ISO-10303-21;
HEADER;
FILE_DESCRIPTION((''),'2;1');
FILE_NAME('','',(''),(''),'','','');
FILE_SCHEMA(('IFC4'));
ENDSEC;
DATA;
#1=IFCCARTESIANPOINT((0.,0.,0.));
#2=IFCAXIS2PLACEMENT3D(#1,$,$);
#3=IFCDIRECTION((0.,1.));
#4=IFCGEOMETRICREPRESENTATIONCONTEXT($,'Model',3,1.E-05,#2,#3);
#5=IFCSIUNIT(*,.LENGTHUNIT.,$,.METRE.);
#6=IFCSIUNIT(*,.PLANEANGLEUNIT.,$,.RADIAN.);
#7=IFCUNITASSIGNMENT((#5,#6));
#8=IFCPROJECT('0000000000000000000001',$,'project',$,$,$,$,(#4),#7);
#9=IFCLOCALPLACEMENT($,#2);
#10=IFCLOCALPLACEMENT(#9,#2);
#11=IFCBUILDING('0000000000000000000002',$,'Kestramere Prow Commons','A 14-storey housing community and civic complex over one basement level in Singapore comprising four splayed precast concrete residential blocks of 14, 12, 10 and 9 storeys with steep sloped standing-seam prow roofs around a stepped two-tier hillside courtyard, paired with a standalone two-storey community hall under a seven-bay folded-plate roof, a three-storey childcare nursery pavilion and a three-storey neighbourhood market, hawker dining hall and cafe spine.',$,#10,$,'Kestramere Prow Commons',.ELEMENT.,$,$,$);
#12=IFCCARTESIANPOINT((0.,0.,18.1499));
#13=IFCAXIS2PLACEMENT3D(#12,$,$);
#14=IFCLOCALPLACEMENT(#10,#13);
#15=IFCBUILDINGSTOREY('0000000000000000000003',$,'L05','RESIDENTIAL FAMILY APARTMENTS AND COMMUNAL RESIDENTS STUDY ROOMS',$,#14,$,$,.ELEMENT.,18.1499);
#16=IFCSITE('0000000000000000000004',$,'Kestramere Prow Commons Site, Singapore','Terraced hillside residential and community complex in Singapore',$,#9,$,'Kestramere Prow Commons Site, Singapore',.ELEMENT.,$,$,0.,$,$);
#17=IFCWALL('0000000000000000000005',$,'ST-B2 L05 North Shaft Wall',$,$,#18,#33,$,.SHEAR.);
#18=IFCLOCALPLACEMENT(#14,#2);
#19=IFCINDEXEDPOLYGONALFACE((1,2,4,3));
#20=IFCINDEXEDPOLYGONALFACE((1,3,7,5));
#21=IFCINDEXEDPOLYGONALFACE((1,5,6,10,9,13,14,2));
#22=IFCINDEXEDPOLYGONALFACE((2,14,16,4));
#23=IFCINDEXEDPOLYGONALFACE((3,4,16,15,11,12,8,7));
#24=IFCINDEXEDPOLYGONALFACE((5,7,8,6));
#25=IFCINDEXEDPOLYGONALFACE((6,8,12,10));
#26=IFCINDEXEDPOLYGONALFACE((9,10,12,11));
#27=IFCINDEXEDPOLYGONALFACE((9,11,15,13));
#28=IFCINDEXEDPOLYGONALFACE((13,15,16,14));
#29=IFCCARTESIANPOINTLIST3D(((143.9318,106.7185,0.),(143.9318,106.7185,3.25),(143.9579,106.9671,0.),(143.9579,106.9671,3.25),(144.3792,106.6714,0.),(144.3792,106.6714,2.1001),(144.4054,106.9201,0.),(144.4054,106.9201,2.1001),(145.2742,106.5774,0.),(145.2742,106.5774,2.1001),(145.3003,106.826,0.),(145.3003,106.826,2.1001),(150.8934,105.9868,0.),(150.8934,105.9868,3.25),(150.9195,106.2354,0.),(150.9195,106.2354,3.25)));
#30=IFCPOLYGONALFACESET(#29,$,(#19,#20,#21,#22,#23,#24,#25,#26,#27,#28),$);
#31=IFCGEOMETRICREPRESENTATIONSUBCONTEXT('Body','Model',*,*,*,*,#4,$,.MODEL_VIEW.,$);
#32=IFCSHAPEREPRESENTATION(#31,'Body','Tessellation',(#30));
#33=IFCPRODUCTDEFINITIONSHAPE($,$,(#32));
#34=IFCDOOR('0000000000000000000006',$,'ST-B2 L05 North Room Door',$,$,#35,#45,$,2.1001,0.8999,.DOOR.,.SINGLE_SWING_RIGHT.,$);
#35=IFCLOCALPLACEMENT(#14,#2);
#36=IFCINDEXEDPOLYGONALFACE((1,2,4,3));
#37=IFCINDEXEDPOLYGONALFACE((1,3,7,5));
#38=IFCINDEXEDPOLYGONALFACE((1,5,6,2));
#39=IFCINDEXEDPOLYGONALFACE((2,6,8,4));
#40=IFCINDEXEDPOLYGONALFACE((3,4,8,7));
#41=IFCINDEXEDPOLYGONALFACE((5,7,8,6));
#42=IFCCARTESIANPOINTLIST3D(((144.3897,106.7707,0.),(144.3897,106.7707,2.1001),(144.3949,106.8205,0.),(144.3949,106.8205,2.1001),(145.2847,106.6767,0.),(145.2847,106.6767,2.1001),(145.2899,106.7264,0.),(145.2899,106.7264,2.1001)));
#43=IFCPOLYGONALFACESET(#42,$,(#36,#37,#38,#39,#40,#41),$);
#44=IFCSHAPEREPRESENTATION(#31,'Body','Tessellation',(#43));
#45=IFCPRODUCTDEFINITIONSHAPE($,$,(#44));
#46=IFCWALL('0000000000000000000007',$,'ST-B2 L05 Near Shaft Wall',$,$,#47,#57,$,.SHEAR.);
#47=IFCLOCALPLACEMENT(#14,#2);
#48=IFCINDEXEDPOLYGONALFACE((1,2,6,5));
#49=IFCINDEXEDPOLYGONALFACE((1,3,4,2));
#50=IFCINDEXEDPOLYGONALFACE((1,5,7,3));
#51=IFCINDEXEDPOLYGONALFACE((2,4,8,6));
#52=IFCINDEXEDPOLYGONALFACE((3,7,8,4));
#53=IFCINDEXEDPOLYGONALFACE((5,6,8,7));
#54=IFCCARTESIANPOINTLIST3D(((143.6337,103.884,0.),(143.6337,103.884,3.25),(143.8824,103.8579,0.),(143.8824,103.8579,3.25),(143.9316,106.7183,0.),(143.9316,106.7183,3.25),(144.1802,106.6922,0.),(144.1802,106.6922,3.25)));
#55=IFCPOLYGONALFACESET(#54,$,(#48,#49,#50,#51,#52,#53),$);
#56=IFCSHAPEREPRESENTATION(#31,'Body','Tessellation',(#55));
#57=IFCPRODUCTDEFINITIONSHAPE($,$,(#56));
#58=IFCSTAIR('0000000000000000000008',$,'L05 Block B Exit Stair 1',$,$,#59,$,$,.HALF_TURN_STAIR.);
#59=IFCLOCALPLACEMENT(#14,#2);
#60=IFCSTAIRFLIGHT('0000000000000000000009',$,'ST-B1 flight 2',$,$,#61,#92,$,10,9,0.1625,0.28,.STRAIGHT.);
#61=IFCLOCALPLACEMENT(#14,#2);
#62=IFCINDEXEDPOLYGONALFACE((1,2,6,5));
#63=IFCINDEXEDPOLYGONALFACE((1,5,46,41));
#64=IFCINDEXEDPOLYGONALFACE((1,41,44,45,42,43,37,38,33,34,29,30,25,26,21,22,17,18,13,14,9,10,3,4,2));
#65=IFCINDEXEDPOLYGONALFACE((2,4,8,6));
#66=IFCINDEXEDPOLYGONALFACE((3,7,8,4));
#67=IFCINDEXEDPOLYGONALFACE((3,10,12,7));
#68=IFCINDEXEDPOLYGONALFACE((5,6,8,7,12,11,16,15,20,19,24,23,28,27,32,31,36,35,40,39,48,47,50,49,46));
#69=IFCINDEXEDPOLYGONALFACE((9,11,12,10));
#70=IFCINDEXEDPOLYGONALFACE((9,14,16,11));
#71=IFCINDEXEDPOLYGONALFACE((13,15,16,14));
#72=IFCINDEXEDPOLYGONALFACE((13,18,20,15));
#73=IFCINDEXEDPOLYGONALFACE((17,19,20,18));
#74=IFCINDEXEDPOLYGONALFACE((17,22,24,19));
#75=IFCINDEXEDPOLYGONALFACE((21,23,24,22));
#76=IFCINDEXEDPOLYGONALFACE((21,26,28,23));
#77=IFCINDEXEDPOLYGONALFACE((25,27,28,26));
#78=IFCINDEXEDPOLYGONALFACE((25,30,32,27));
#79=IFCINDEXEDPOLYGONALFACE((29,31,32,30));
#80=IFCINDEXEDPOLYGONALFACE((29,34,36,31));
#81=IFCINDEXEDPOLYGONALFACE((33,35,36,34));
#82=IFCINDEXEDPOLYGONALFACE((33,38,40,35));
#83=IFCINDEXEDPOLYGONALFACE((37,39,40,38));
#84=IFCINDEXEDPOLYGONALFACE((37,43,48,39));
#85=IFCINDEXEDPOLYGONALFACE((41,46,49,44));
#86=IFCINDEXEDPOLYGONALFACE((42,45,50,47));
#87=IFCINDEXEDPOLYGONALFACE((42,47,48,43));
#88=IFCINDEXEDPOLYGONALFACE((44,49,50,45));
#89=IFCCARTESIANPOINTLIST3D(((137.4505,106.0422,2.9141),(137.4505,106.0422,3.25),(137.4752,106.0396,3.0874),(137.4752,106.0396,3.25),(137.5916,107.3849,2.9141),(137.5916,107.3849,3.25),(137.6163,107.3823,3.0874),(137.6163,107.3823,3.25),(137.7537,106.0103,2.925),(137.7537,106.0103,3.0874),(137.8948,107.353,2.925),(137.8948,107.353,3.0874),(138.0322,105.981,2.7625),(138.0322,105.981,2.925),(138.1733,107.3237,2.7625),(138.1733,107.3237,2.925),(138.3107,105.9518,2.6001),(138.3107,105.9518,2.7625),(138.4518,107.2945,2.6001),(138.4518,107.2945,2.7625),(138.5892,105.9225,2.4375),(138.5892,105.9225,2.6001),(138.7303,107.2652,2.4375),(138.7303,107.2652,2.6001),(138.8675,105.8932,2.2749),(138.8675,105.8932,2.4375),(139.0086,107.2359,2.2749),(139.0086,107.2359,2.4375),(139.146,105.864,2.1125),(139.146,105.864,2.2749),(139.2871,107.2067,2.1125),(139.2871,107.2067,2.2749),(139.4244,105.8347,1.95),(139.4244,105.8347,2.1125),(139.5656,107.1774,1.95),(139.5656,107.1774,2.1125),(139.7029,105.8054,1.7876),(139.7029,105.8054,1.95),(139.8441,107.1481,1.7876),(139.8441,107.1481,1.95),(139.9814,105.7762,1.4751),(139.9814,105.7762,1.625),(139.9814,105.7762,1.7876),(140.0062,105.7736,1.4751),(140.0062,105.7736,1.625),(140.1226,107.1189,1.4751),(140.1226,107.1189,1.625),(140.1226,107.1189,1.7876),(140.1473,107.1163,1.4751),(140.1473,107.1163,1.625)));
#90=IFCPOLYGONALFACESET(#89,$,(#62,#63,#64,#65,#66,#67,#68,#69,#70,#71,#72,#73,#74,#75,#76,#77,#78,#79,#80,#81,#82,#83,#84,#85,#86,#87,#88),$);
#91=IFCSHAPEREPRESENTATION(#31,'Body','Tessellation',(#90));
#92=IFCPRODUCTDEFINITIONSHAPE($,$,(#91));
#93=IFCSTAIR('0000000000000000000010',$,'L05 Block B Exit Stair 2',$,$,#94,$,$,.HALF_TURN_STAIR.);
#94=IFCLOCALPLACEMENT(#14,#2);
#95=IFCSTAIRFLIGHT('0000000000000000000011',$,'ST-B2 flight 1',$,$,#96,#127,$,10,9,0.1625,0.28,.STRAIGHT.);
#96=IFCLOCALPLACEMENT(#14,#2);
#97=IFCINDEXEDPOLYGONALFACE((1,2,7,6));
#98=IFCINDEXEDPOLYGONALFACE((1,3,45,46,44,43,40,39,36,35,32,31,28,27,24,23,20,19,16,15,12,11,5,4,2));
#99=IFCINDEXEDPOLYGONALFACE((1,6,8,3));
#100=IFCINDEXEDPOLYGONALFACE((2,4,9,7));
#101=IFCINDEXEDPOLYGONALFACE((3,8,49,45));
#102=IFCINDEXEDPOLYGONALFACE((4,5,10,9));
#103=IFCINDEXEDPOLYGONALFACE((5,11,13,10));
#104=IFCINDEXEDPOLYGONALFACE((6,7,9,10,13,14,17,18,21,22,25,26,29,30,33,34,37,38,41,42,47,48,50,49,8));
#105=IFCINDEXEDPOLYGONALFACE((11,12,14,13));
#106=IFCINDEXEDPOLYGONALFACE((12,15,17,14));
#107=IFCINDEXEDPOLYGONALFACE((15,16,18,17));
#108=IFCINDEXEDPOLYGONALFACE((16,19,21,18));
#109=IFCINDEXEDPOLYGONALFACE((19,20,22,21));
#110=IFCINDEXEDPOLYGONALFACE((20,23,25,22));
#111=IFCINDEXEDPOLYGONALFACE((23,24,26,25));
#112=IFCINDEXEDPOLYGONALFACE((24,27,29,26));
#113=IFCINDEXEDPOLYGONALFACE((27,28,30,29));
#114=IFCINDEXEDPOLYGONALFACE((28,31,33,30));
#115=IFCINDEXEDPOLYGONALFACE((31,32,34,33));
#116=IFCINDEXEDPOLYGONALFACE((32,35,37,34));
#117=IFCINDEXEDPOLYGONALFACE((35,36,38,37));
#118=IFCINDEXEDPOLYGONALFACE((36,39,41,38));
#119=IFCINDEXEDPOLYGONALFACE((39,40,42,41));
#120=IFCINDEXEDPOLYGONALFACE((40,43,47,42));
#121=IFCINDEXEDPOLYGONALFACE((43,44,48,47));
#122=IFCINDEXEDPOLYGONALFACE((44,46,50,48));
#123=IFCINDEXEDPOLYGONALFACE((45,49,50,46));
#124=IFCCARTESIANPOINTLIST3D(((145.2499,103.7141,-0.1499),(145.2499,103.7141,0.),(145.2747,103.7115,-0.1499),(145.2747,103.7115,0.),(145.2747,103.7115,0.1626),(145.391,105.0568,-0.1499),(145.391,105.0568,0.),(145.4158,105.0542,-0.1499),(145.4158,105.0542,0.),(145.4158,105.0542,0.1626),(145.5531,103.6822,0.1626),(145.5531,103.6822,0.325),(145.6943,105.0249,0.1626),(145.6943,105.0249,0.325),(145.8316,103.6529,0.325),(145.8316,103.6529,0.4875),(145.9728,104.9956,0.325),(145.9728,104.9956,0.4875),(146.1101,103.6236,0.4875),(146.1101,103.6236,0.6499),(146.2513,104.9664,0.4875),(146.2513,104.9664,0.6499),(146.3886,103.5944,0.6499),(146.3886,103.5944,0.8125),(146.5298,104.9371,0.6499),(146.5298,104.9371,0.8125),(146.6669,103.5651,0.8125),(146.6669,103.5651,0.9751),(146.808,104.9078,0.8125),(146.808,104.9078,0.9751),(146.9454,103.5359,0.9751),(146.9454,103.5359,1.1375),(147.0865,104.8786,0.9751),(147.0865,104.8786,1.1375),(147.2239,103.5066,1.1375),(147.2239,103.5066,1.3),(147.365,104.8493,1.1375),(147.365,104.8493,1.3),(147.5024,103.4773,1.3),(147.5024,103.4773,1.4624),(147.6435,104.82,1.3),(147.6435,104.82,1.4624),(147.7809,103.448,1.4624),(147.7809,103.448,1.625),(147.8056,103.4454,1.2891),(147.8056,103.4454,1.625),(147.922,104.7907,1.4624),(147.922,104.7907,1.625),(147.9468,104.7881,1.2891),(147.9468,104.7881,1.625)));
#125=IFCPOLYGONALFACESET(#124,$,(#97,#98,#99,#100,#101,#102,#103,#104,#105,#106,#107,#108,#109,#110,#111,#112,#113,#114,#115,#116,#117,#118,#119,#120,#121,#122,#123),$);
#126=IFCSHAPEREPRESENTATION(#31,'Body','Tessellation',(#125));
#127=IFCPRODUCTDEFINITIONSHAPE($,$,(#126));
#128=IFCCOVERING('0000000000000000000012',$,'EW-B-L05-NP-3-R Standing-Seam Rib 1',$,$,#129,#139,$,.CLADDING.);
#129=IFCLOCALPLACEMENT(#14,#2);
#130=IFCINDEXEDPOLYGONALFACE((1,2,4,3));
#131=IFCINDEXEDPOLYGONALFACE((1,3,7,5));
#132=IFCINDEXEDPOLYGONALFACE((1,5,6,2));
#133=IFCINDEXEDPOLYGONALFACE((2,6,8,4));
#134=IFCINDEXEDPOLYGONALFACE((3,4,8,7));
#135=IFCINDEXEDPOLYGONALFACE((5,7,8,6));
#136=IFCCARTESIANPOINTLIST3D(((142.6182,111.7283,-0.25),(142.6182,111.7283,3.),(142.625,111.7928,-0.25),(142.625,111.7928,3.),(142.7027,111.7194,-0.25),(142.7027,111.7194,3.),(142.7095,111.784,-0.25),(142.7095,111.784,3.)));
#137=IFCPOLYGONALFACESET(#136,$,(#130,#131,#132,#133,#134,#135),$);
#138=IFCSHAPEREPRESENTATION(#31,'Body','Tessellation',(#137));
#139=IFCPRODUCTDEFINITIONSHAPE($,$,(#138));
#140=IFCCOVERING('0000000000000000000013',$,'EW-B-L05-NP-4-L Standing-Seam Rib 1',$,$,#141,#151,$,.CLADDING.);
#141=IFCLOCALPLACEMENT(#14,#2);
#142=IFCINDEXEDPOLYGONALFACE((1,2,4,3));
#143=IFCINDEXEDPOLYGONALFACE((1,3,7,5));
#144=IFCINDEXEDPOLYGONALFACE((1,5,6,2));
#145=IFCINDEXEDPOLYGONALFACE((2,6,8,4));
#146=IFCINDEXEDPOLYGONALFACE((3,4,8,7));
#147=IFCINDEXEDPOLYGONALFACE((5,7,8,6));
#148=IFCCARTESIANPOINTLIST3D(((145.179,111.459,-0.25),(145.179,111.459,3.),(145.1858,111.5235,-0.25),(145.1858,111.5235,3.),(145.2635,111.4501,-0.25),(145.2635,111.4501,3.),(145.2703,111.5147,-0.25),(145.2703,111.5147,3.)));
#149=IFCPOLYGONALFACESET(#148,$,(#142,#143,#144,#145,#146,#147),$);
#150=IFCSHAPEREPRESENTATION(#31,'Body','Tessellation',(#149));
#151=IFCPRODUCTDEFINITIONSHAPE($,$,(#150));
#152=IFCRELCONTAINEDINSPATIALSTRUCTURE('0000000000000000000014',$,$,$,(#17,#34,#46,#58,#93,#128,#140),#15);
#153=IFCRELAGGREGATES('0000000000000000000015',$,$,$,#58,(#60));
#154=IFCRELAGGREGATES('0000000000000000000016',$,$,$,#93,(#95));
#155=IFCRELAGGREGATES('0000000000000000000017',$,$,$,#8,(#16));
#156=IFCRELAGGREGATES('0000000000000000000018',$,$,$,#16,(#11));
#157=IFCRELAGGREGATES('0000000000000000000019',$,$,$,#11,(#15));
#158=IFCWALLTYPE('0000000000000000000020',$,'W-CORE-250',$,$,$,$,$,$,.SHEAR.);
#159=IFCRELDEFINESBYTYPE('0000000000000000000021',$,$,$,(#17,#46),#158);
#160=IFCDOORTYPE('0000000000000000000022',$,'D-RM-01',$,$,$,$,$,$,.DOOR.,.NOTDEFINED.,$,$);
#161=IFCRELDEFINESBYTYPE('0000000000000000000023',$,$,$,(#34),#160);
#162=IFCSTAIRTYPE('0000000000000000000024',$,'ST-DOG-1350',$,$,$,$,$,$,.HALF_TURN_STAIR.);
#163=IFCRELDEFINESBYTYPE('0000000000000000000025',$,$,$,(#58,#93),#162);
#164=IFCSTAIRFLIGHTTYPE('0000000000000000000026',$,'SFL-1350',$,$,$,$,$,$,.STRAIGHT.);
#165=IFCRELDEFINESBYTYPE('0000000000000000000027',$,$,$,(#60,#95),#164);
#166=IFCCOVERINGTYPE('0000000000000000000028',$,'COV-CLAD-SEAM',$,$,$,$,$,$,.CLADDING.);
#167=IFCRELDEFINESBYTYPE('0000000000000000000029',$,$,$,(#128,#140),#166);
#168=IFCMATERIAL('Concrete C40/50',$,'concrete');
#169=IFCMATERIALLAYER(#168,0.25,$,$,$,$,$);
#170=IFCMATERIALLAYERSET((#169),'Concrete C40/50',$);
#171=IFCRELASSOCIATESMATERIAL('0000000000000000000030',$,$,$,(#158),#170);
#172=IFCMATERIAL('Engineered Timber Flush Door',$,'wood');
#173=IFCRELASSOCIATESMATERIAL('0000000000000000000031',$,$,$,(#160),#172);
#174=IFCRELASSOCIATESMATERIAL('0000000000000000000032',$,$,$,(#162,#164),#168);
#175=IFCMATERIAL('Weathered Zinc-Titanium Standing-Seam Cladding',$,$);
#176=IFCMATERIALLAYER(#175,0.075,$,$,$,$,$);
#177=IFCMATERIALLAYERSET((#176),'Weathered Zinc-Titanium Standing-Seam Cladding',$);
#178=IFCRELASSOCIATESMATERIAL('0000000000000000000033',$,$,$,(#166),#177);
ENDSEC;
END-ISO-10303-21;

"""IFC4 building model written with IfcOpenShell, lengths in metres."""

from ifc_helpers import new_model, si_unit, direction, frame, frame_2d, origin, origin_2d, place, context, subcontext, project, spatial, polyline, rectangle, outline, extrude, material, layer, layer_set, type_object, element, fill, aggregate, save


model = new_model("IFC4")

# Units and contexts
model_context = context("Model", 3, precision=1e-05, world=origin(), true_north=direction((0.0, 1.0)))
body_context = subcontext(model_context, "Body", "Model", "MODEL_VIEW")
ifc_project = project(units=[si_unit("LENGTHUNIT", "METRE"), si_unit("PLANEANGLEUNIT", "RADIAN")], contexts=[model_context])

# Site, building, storey
site_placement = place(None, origin())
site = spatial("IfcSite", under=ifc_project, at=site_placement, Name="Kestramere Prow Commons Site, Singapore", Description="Terraced hillside residential and community complex in Singapore", LongName="Kestramere Prow Commons Site, Singapore", CompositionType="ELEMENT", RefElevation=0.0)
building_placement = place(site_placement, origin())
building = spatial("IfcBuilding", under=site, at=building_placement, Name="Kestramere Prow Commons", Description="A 14-storey housing community and civic complex over one basement level in Singapore comprising four splayed precast concrete residential blocks of 14, 12, 10 and 9 storeys with steep sloped standing-seam prow roofs around a stepped two-tier hillside courtyard, paired with a standalone two-storey community hall under a seven-bay folded-plate roof, a three-storey childcare nursery pavilion and a three-storey neighbourhood market, hawker dining hall and cafe spine.", LongName="Kestramere Prow Commons", CompositionType="ELEMENT")
storey_placement = place(building_placement, frame((0.0, 0.0, 18.1499)))
storey = spatial("IfcBuildingStorey", under=building, at=storey_placement, Name="L05", Description="RESIDENTIAL FAMILY APARTMENTS AND COMMUNAL RESIDENTS STUDY ROOMS", CompositionType="ELEMENT", Elevation=18.1499)

# Shared definitions
ifc_material_1 = material(Name="Concrete C40/50", Category="concrete")

# Shared definitions
ifc_layer_1 = layer(ifc_material_1, 0.25)
ifc_layer_set_1 = layer_set([ifc_layer_1], Name="Concrete C40/50")
wall_type_1 = type_object("IfcWallType", Name="W-CORE-250", PredefinedType="SHEAR", material=ifc_layer_set_1)

# Wall, opening, door
wall_1_placement = place(storey_placement, frame((143.9448, 106.8428, 0.0), z_axis=(0.0, 0.0, 1.0), x_axis=(0.994522, -0.104527, 0.0)))
wall_1 = element("IfcWall", 1, at=wall_1_placement, inside=storey, type_object=wall_type_1, Name="ST-B2 L05 North Shaft Wall", PredefinedType="SHEAR", context=body_context, shape_type="SweptSolid", body=[
    extrude(rectangle(XDim=7.0, YDim=0.25, at=frame_2d((3.5, 0.0))), origin(), (0.0, 0.0, 1.0), 3.25),
])
opening_1_placement = place(wall_1_placement, frame((0.45, 0.0, 0.0)))
opening_1 = element("IfcOpeningElement", 2, at=opening_1_placement, cuts=wall_1, PredefinedType="OPENING", context=body_context, shape_type="SweptSolid", body=[
    extrude(rectangle(XDim=0.8999, YDim=2.1001, at=frame_2d((0.45, 1.05))), frame((0.0, 0.1399, 0.0), z_axis=(0.0, -1.0, 0.0), x_axis=(1.0, 0.0, 0.0)), (0.0, 0.0, 1.0), 0.28),
])
ifc_material_2 = material(Name="Engineered Timber Flush Door", Category="wood")
door_type_1 = type_object("IfcDoorType", Name="D-RM-01", OperationType="NOTDEFINED", PredefinedType="DOOR", material=ifc_material_2)
door_1_placement = place(opening_1_placement, origin())
door_1 = element("IfcDoor", 3, at=door_1_placement, inside=storey, type_object=door_type_1, Name="ST-B2 L05 North Room Door", OperationType="SINGLE_SWING_RIGHT", OverallHeight=2.1001, OverallWidth=0.8999, PredefinedType="DOOR", context=body_context, shape_type="SweptSolid", body=[
    extrude(rectangle(XDim=0.8999, YDim=2.1001, at=frame_2d((0.45, 1.05))), frame((0.0, 0.0249, 0.0), z_axis=(0.0, -1.0, 0.0), x_axis=(1.0, 0.0, 0.0)), (0.0, 0.0, 1.0), 0.05),
])
fill(opening_1, door_1)

# Wall
wall_2_placement = place(storey_placement, frame((143.7581, 103.8711, 0.0), z_axis=(0.0, 0.0, 1.0), x_axis=(0.104515, 0.994523, 0.0)))
element("IfcWall", 4, at=wall_2_placement, inside=storey, type_object=wall_type_1, Name="ST-B2 L05 Near Shaft Wall", PredefinedType="SHEAR", context=body_context, shape_type="SweptSolid", body=[
    extrude(rectangle(XDim=2.8499, YDim=0.25, at=frame_2d((1.4248, 0.0))), origin(), (0.0, 0.0, 1.0), 3.25),
])

# Stairs, stair flights
stair_type = type_object("IfcStairType", Name="ST-DOG-1350", PredefinedType="HALF_TURN_STAIR", material=ifc_material_1)
stair_1_placement = place(storey_placement, origin())
stair_1 = element("IfcStair", 5, at=stair_1_placement, inside=storey, type_object=stair_type, Name="L05 Block B Exit Stair 1", PredefinedType="HALF_TURN_STAIR")
stair_flight_type = type_object("IfcStairFlightType", Name="SFL-1350", PredefinedType="STRAIGHT", material=ifc_material_1)
stair_flight_1_placement = place(storey_placement, frame((140.052, 106.4475, 1.625), z_axis=(0.0, 0.0, 1.0), x_axis=(-0.994522, 0.104528, 0.0)))
stair_flight_1 = element("IfcStairFlight", 6, at=stair_flight_1_placement, type_object=stair_flight_type, Name="ST-B1 flight 2", NumberOfRisers=10, NumberOfTreads=9, PredefinedType="STRAIGHT", RiserHeight=0.1625, TreadLength=0.28, context=body_context, shape_type="SweptSolid", body=[
    extrude(outline(polyline([(-0.0249, 0.0), (0.0, 0.0), (0.0, 0.1626), (0.28, 0.1626), (0.28, 0.325), (0.5601, 0.325), (0.5601, 0.4875), (0.8401, 0.4875), (0.8401, 0.6499), (1.1201, 0.6499), (1.1201, 0.8125), (1.3999, 0.8125), (1.3999, 0.9751), (1.6799, 0.9751), (1.6799, 1.1375), (1.96, 1.1375), (1.96, 1.3), (2.24, 1.3), (2.24, 1.4624), (2.52, 1.4624), (2.52, 1.625), (2.5449, 1.625), (2.5449, 1.2891), (0.0, -0.1499), (-0.0249, -0.1499), (-0.0249, 0.0)])), frame((0.0, 0.675, 0.0), z_axis=(0.0, -1.0, 0.0), x_axis=(1.0, 0.0, 0.0)), (0.0, 0.0, 1.0), 1.3501),
])
aggregate(stair_1, [stair_flight_1])
stair_2_placement = place(storey_placement, origin())
stair_2 = element("IfcStair", 7, at=stair_2_placement, inside=storey, type_object=stair_type, Name="L05 Block B Exit Stair 2", PredefinedType="HALF_TURN_STAIR")
stair_flight_2_placement = place(storey_placement, frame((145.3452, 104.3828, 0.0), z_axis=(0.0, 0.0, 1.0), x_axis=(0.994522, -0.104528, 0.0)))
stair_flight_2 = element("IfcStairFlight", 8, at=stair_flight_2_placement, type_object=stair_flight_type, Name="ST-B2 flight 1", NumberOfRisers=10, NumberOfTreads=9, PredefinedType="STRAIGHT", RiserHeight=0.1625, TreadLength=0.28, context=body_context, shape_type="SweptSolid", body=[
    extrude(outline(polyline([(-0.0249, 0.0), (0.0, 0.0), (0.0, 0.1626), (0.28, 0.1626), (0.28, 0.325), (0.5601, 0.325), (0.5601, 0.4875), (0.8401, 0.4875), (0.8401, 0.6499), (1.1201, 0.6499), (1.1201, 0.8125), (1.3999, 0.8125), (1.3999, 0.9751), (1.6799, 0.9751), (1.6799, 1.1375), (1.96, 1.1375), (1.96, 1.3), (2.24, 1.3), (2.24, 1.4624), (2.52, 1.4624), (2.52, 1.625), (2.5449, 1.625), (2.5449, 1.2891), (0.0, -0.1499), (-0.0249, -0.1499), (-0.0249, 0.0)])), frame((0.0, 0.675, 0.0), z_axis=(0.0, -1.0, 0.0), x_axis=(1.0, 0.0, 0.0)), (0.0, 0.0, 1.0), 1.3501),
])
aggregate(stair_2, [stair_flight_2])

# Coverings
ifc_material_3 = material(Name="Weathered Zinc-Titanium Standing-Seam Cladding")
ifc_layer_2 = layer(ifc_material_3, 0.075)
ifc_layer_set_2 = layer_set([ifc_layer_2], Name="Weathered Zinc-Titanium Standing-Seam Cladding")
covering_type = type_object("IfcCoveringType", Name="COV-CLAD-SEAM", PredefinedType="CLADDING", material=ifc_layer_set_2)
for number, where, z_axis, x_axis, name in (
    (9, (142.6638, 111.7561, -0.25), (0.0, 0.0, 1.0), (0.994522, -0.104528, 0.0), "EW-B-L05-NP-3-R Standing-Seam Rib 1"),
    (10, (145.2246, 111.4868, -0.25), (0.0, 0.0, 1.0), (0.994522, -0.104528, 0.0), "EW-B-L05-NP-4-L Standing-Seam Rib 1"),
):
    element("IfcCovering", number, at=place(storey_placement, frame(where, z_axis=z_axis, x_axis=x_axis)), inside=storey, type_object=covering_type, Name=name, PredefinedType="CLADDING", context=body_context, shape_type="SweptSolid", body=[
        extrude(rectangle(XDim=0.085, YDim=0.0649, at=origin_2d()), origin(), (0.0, 0.0, 1.0), 3.25),
    ])

save(model, "model.ifc")
